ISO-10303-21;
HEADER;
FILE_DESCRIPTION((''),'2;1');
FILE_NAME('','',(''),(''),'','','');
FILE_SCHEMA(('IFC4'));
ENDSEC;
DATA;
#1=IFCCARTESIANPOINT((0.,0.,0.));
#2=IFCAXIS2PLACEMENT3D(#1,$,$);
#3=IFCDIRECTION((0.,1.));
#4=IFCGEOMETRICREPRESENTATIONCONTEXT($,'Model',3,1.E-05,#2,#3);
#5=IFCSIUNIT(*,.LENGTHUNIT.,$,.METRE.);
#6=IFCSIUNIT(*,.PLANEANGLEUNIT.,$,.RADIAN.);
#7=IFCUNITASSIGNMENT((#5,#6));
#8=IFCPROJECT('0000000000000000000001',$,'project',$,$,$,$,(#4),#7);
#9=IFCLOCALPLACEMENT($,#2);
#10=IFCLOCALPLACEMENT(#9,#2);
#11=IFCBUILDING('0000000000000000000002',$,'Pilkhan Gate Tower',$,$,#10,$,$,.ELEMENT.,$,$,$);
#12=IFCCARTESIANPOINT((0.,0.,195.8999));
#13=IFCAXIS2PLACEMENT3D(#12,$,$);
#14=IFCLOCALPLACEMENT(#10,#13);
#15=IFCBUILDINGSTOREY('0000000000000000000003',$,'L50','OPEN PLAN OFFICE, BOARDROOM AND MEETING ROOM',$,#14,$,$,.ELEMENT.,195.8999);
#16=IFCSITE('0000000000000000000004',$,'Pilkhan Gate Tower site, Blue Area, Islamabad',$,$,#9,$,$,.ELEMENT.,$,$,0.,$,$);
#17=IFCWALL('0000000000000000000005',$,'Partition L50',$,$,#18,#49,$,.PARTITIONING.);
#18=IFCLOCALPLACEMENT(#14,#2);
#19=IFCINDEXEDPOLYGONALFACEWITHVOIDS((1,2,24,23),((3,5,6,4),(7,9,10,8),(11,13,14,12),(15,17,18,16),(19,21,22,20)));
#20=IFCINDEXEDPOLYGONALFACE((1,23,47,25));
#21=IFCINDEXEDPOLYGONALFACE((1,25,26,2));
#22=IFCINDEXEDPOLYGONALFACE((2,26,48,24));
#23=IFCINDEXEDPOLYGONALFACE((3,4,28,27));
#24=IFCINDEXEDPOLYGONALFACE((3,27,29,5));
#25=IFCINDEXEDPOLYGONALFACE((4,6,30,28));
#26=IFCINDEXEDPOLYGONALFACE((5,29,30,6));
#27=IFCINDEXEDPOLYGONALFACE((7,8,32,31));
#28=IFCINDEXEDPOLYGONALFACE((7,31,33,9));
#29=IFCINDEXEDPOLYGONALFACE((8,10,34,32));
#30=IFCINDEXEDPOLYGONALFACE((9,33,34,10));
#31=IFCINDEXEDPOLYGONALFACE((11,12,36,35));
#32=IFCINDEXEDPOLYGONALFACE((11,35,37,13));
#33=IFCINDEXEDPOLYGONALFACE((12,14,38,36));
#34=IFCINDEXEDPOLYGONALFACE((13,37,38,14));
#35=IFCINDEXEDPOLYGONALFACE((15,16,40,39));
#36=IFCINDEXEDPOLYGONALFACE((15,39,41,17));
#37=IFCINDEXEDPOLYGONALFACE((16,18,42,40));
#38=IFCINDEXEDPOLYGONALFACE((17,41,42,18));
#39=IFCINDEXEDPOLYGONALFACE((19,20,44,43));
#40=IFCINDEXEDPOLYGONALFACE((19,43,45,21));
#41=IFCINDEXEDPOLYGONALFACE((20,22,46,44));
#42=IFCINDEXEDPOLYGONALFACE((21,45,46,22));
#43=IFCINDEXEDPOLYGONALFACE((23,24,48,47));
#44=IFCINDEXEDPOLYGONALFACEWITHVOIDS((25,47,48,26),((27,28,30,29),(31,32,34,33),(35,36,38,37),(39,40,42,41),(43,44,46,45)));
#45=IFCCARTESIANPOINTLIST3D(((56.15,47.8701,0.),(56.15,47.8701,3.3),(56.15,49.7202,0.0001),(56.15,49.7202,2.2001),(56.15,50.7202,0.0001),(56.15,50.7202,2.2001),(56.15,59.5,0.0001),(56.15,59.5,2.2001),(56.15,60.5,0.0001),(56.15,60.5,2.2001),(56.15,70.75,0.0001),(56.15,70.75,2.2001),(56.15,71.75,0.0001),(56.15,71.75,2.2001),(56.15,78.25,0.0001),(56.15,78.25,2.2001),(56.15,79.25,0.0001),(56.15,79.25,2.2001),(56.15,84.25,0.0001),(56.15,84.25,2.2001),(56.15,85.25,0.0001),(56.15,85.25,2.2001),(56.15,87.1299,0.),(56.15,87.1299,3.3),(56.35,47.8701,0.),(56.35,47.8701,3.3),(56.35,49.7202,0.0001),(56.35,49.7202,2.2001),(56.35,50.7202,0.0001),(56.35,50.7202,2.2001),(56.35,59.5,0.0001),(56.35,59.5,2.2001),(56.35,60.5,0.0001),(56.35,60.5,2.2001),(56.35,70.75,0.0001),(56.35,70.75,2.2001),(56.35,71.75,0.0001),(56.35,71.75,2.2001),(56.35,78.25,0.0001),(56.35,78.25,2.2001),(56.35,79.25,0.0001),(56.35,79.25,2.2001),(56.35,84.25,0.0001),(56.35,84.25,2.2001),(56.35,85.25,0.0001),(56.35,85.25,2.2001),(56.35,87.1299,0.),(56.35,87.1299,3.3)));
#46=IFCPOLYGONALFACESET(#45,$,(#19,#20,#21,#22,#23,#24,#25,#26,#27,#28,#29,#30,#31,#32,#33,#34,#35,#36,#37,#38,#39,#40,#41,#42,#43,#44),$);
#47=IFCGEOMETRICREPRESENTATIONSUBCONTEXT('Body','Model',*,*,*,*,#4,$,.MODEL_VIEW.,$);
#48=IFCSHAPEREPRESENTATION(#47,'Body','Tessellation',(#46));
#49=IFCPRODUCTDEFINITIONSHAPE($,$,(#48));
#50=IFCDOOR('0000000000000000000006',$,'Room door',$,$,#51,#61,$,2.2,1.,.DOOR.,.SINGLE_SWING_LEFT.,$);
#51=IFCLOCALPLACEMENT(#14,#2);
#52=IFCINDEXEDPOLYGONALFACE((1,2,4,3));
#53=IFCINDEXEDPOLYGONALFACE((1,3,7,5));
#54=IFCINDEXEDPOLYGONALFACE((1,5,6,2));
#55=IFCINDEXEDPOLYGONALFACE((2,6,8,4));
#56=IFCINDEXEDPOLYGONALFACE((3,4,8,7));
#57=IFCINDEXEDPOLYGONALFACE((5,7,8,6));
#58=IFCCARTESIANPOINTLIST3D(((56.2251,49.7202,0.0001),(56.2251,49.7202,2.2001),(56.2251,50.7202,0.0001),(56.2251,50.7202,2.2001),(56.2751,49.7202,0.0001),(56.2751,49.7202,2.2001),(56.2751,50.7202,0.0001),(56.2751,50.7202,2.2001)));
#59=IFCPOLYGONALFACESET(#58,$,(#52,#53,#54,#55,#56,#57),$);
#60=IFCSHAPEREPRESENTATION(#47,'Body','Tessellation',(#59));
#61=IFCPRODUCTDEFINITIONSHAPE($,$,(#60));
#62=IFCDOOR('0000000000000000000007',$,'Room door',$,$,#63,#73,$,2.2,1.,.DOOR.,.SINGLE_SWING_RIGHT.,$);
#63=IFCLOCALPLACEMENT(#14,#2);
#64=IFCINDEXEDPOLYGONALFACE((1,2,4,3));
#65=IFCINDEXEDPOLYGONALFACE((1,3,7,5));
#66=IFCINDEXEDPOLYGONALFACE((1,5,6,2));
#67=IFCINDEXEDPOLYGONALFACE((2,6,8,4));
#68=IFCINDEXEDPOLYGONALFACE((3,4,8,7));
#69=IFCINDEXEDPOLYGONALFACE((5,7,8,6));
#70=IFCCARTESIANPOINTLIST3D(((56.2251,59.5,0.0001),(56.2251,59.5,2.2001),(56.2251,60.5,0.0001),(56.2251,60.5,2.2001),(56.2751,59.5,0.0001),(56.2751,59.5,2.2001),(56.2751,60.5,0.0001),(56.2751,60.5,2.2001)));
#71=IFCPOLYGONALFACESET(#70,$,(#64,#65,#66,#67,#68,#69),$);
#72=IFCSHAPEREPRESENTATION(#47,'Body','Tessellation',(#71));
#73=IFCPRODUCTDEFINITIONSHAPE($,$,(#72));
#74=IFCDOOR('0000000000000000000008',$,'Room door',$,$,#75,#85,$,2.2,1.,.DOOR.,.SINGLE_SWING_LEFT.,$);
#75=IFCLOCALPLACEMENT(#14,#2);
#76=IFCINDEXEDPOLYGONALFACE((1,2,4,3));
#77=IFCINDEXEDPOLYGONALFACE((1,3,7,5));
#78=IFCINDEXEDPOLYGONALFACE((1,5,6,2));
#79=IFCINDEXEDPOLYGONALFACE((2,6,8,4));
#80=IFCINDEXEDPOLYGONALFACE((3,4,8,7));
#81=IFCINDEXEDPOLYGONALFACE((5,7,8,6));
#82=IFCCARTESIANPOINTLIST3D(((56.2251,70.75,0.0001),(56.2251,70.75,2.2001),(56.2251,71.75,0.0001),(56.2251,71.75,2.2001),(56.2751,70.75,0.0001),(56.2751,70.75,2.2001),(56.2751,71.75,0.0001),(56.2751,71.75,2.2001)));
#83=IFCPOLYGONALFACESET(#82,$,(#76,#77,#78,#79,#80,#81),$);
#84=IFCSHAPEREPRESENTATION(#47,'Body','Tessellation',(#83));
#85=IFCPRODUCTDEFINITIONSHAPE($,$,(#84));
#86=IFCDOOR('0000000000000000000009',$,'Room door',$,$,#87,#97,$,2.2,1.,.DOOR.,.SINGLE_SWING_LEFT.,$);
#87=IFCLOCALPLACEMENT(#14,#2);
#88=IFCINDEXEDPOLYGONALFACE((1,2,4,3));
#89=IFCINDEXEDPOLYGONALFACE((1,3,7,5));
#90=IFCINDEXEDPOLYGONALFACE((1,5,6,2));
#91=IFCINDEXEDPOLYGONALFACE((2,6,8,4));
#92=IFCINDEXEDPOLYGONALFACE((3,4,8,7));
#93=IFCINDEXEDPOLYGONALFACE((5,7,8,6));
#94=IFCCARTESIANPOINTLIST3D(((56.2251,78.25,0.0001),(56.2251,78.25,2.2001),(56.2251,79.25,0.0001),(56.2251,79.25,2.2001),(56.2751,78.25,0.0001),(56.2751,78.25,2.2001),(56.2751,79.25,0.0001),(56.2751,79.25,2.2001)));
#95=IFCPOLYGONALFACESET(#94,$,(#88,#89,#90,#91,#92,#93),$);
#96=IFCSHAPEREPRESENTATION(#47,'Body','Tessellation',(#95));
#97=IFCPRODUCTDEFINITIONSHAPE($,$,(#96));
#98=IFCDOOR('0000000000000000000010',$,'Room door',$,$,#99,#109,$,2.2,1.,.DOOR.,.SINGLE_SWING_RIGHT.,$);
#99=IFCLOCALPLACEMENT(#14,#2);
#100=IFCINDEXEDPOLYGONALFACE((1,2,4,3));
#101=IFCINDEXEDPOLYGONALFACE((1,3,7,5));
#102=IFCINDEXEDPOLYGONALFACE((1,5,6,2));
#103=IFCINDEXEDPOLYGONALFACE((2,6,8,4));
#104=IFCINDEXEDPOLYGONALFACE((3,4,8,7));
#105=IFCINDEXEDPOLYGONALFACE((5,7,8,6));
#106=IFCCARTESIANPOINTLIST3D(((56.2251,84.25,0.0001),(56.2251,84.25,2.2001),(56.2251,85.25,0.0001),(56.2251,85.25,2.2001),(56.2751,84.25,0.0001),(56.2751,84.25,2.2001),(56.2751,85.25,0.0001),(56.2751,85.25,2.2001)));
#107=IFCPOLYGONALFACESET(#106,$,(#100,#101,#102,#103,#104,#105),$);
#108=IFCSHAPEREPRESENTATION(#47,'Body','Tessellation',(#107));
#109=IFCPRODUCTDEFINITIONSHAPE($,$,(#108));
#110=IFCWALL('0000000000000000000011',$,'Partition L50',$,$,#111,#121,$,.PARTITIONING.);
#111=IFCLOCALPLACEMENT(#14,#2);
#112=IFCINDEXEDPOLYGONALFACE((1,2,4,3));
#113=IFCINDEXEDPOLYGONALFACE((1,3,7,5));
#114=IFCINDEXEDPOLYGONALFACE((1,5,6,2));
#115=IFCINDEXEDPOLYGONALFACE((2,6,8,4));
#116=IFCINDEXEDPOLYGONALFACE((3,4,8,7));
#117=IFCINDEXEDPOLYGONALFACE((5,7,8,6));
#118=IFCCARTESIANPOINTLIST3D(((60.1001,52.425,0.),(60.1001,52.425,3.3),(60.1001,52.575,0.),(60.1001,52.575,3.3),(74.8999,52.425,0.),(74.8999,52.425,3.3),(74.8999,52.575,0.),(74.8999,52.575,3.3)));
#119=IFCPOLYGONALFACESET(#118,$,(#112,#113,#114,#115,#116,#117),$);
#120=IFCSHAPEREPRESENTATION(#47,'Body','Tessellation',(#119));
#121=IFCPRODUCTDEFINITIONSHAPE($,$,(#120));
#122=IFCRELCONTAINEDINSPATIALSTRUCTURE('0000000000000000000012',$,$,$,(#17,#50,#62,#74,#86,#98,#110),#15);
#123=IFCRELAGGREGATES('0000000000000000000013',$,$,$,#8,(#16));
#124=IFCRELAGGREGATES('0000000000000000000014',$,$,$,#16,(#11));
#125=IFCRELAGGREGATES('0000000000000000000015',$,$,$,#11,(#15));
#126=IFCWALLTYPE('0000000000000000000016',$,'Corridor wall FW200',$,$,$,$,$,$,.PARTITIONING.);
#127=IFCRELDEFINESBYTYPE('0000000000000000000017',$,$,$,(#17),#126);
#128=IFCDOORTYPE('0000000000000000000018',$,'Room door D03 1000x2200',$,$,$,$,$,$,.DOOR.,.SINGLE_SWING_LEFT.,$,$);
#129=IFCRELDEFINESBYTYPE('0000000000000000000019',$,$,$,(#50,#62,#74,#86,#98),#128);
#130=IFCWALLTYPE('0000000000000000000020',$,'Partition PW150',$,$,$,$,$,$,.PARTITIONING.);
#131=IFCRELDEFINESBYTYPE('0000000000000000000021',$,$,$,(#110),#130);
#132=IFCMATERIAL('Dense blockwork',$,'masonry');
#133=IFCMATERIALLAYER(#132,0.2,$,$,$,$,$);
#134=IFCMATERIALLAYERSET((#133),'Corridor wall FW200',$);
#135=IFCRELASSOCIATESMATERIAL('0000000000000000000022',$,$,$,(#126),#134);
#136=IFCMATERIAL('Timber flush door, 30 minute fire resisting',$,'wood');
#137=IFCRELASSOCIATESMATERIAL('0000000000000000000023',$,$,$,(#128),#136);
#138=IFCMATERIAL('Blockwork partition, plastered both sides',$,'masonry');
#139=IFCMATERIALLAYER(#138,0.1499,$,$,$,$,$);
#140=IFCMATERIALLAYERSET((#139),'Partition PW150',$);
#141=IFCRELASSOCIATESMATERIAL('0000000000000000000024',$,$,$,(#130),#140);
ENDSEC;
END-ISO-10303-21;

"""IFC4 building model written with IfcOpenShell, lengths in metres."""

from ifc_helpers import new_model, si_unit, direction, frame, frame_2d, origin, place, context, subcontext, project, spatial, rectangle, extrude, material, layer, layer_set, type_object, element, fill, save


model = new_model("IFC4")

# Units and contexts
model_context = context("Model", 3, precision=1e-05, world=origin(), true_north=direction((0.0, 1.0)))
body_context = subcontext(model_context, "Body", "Model", "MODEL_VIEW")
ifc_project = project(units=[si_unit("LENGTHUNIT", "METRE"), si_unit("PLANEANGLEUNIT", "RADIAN")], contexts=[model_context])

# Site, building, storey
site_placement = place(None, origin())
site = spatial("IfcSite", under=ifc_project, at=site_placement, Name="Pilkhan Gate Tower site, Blue Area, Islamabad", CompositionType="ELEMENT", RefElevation=0.0)
building_placement = place(site_placement, origin())
building = spatial("IfcBuilding", under=site, at=building_placement, Name="Pilkhan Gate Tower", CompositionType="ELEMENT")
storey_placement = place(building_placement, frame((0.0, 0.0, 195.8999)))
storey = spatial("IfcBuildingStorey", under=building, at=storey_placement, Name="L50", Description="OPEN PLAN OFFICE, BOARDROOM AND MEETING ROOM", CompositionType="ELEMENT", Elevation=195.8999)

# Shared definitions
ifc_material_1 = material(Name="Dense blockwork", Category="masonry")
ifc_layer_1 = layer(ifc_material_1, 0.2)
ifc_layer_set_1 = layer_set([ifc_layer_1], Name="Corridor wall FW200")
wall_type_1 = type_object("IfcWallType", Name="Corridor wall FW200", PredefinedType="PARTITIONING", material=ifc_layer_set_1)

# Wall, openings, doors
wall_1_placement = place(storey_placement, frame((56.25, 47.8701, 0.0), z_axis=(0.0, 0.0, 1.0), x_axis=(0.0, 1.0, 0.0)))
wall_1 = element("IfcWall", 1, at=wall_1_placement, inside=storey, type_object=wall_type_1, Name="Partition L50", PredefinedType="PARTITIONING", context=body_context, shape_type="SweptSolid", body=[
    extrude(rectangle(XDim=39.2598, YDim=0.2, at=frame_2d((19.6299, 0.0))), origin(), (0.0, 0.0, 1.0), 3.3),
])
opening_1_placement = place(wall_1_placement, frame((1.8501, 0.0, 0.0)))
opening_1 = element("IfcOpeningElement", 2, at=opening_1_placement, cuts=wall_1, PredefinedType="OPENING", context=body_context, shape_type="SweptSolid", body=[
    extrude(rectangle(XDim=1.0, YDim=2.2, at=frame_2d((0.5, 1.1001))), frame((0.0, 0.1099, 0.0), z_axis=(0.0, -1.0, 0.0), x_axis=(1.0, 0.0, 0.0)), (0.0, 0.0, 1.0), 0.22),
])
opening_2_placement = place(wall_1_placement, frame((11.6299, 0.0, 0.0)))
opening_2 = element("IfcOpeningElement", 3, at=opening_2_placement, cuts=wall_1, PredefinedType="OPENING", context=body_context, shape_type="SweptSolid", body=[
    extrude(rectangle(XDim=1.0, YDim=2.2, at=frame_2d((0.5, 1.1001))), frame((0.0, 0.1099, 0.0), z_axis=(0.0, -1.0, 0.0), x_axis=(1.0, 0.0, 0.0)), (0.0, 0.0, 1.0), 0.22),
])
opening_3_placement = place(wall_1_placement, frame((22.8799, 0.0, 0.0)))
opening_3 = element("IfcOpeningElement", 4, at=opening_3_placement, cuts=wall_1, PredefinedType="OPENING", context=body_context, shape_type="SweptSolid", body=[
    extrude(rectangle(XDim=1.0, YDim=2.2, at=frame_2d((0.5, 1.1001))), frame((0.0, 0.1099, 0.0), z_axis=(0.0, -1.0, 0.0), x_axis=(1.0, 0.0, 0.0)), (0.0, 0.0, 1.0), 0.22),
])
opening_4_placement = place(wall_1_placement, frame((30.3799, 0.0, 0.0)))
opening_4 = element("IfcOpeningElement", 5, at=opening_4_placement, cuts=wall_1, PredefinedType="OPENING", context=body_context, shape_type="SweptSolid", body=[
    extrude(rectangle(XDim=1.0, YDim=2.2, at=frame_2d((0.5, 1.1001))), frame((0.0, 0.1099, 0.0), z_axis=(0.0, -1.0, 0.0), x_axis=(1.0, 0.0, 0.0)), (0.0, 0.0, 1.0), 0.22),
])
opening_5_placement = place(wall_1_placement, frame((36.3799, 0.0, 0.0)))
opening_5 = element("IfcOpeningElement", 6, at=opening_5_placement, cuts=wall_1, PredefinedType="OPENING", context=body_context, shape_type="SweptSolid", body=[
    extrude(rectangle(XDim=1.0, YDim=2.2, at=frame_2d((0.5, 1.1001))), frame((0.0, 0.1099, 0.0), z_axis=(0.0, -1.0, 0.0), x_axis=(1.0, 0.0, 0.0)), (0.0, 0.0, 1.0), 0.22),
])
ifc_material_2 = material(Name="Timber flush door, 30 minute fire resisting", Category="wood")
door_type = type_object("IfcDoorType", Name="Room door D03 1000x2200", OperationType="SINGLE_SWING_LEFT", PredefinedType="DOOR", material=ifc_material_2)
door_1_placement = place(opening_1_placement, origin())
door_1 = element("IfcDoor", 7, at=door_1_placement, inside=storey, type_object=door_type, Name="Room door", OperationType="SINGLE_SWING_LEFT", OverallHeight=2.2, OverallWidth=1.0, PredefinedType="DOOR", context=body_context, shape_type="SweptSolid", body=[
    extrude(rectangle(XDim=1.0, YDim=2.2, at=frame_2d((0.5, 1.1001))), frame((0.0, 0.0249, 0.0), z_axis=(0.0, -1.0, 0.0), x_axis=(1.0, 0.0, 0.0)), (0.0, 0.0, 1.0), 0.05),
])
fill(opening_1, door_1)
door_2_placement = place(opening_2_placement, origin())
door_2 = element("IfcDoor", 8, at=door_2_placement, inside=storey, type_object=door_type, Name="Room door", OperationType="SINGLE_SWING_RIGHT", OverallHeight=2.2, OverallWidth=1.0, PredefinedType="DOOR", context=body_context, shape_type="SweptSolid", body=[
    extrude(rectangle(XDim=1.0, YDim=2.2, at=frame_2d((0.5, 1.1001))), frame((0.0, 0.0249, 0.0), z_axis=(0.0, -1.0, 0.0), x_axis=(1.0, 0.0, 0.0)), (0.0, 0.0, 1.0), 0.05),
])
fill(opening_2, door_2)
door_3_placement = place(opening_3_placement, origin())
door_3 = element("IfcDoor", 9, at=door_3_placement, inside=storey, type_object=door_type, Name="Room door", OperationType="SINGLE_SWING_LEFT", OverallHeight=2.2, OverallWidth=1.0, PredefinedType="DOOR", context=body_context, shape_type="SweptSolid", body=[
    extrude(rectangle(XDim=1.0, YDim=2.2, at=frame_2d((0.5, 1.1001))), frame((0.0, 0.0249, 0.0), z_axis=(0.0, -1.0, 0.0), x_axis=(1.0, 0.0, 0.0)), (0.0, 0.0, 1.0), 0.05),
])
fill(opening_3, door_3)
door_4_placement = place(opening_4_placement, origin())
door_4 = element("IfcDoor", 10, at=door_4_placement, inside=storey, type_object=door_type, Name="Room door", OperationType="SINGLE_SWING_LEFT", OverallHeight=2.2, OverallWidth=1.0, PredefinedType="DOOR", context=body_context, shape_type="SweptSolid", body=[
    extrude(rectangle(XDim=1.0, YDim=2.2, at=frame_2d((0.5, 1.1001))), frame((0.0, 0.0249, 0.0), z_axis=(0.0, -1.0, 0.0), x_axis=(1.0, 0.0, 0.0)), (0.0, 0.0, 1.0), 0.05),
])
fill(opening_4, door_4)
door_5_placement = place(opening_5_placement, origin())
door_5 = element("IfcDoor", 11, at=door_5_placement, inside=storey, type_object=door_type, Name="Room door", OperationType="SINGLE_SWING_RIGHT", OverallHeight=2.2, OverallWidth=1.0, PredefinedType="DOOR", context=body_context, shape_type="SweptSolid", body=[
    extrude(rectangle(XDim=1.0, YDim=2.2, at=frame_2d((0.5, 1.1001))), frame((0.0, 0.0249, 0.0), z_axis=(0.0, -1.0, 0.0), x_axis=(1.0, 0.0, 0.0)), (0.0, 0.0, 1.0), 0.05),
])
fill(opening_5, door_5)

# Wall
ifc_material_3 = material(Name="Blockwork partition, plastered both sides", Category="masonry")
ifc_layer_2 = layer(ifc_material_3, 0.1499)
ifc_layer_set_2 = layer_set([ifc_layer_2], Name="Partition PW150")
wall_type_2 = type_object("IfcWallType", Name="Partition PW150", PredefinedType="PARTITIONING", material=ifc_layer_set_2)
wall_2_placement = place(storey_placement, frame((60.1001, 52.5, 0.0), z_axis=(0.0, 0.0, 1.0), x_axis=(1.0, 0.0, 0.0)))
element("IfcWall", 12, at=wall_2_placement, inside=storey, type_object=wall_type_2, Name="Partition L50", PredefinedType="PARTITIONING", context=body_context, shape_type="SweptSolid", body=[
    extrude(rectangle(XDim=14.7998, YDim=0.1499, at=frame_2d((7.3999, 0.0))), origin(), (0.0, 0.0, 1.0), 3.3),
])

save(model, "model.ifc")
